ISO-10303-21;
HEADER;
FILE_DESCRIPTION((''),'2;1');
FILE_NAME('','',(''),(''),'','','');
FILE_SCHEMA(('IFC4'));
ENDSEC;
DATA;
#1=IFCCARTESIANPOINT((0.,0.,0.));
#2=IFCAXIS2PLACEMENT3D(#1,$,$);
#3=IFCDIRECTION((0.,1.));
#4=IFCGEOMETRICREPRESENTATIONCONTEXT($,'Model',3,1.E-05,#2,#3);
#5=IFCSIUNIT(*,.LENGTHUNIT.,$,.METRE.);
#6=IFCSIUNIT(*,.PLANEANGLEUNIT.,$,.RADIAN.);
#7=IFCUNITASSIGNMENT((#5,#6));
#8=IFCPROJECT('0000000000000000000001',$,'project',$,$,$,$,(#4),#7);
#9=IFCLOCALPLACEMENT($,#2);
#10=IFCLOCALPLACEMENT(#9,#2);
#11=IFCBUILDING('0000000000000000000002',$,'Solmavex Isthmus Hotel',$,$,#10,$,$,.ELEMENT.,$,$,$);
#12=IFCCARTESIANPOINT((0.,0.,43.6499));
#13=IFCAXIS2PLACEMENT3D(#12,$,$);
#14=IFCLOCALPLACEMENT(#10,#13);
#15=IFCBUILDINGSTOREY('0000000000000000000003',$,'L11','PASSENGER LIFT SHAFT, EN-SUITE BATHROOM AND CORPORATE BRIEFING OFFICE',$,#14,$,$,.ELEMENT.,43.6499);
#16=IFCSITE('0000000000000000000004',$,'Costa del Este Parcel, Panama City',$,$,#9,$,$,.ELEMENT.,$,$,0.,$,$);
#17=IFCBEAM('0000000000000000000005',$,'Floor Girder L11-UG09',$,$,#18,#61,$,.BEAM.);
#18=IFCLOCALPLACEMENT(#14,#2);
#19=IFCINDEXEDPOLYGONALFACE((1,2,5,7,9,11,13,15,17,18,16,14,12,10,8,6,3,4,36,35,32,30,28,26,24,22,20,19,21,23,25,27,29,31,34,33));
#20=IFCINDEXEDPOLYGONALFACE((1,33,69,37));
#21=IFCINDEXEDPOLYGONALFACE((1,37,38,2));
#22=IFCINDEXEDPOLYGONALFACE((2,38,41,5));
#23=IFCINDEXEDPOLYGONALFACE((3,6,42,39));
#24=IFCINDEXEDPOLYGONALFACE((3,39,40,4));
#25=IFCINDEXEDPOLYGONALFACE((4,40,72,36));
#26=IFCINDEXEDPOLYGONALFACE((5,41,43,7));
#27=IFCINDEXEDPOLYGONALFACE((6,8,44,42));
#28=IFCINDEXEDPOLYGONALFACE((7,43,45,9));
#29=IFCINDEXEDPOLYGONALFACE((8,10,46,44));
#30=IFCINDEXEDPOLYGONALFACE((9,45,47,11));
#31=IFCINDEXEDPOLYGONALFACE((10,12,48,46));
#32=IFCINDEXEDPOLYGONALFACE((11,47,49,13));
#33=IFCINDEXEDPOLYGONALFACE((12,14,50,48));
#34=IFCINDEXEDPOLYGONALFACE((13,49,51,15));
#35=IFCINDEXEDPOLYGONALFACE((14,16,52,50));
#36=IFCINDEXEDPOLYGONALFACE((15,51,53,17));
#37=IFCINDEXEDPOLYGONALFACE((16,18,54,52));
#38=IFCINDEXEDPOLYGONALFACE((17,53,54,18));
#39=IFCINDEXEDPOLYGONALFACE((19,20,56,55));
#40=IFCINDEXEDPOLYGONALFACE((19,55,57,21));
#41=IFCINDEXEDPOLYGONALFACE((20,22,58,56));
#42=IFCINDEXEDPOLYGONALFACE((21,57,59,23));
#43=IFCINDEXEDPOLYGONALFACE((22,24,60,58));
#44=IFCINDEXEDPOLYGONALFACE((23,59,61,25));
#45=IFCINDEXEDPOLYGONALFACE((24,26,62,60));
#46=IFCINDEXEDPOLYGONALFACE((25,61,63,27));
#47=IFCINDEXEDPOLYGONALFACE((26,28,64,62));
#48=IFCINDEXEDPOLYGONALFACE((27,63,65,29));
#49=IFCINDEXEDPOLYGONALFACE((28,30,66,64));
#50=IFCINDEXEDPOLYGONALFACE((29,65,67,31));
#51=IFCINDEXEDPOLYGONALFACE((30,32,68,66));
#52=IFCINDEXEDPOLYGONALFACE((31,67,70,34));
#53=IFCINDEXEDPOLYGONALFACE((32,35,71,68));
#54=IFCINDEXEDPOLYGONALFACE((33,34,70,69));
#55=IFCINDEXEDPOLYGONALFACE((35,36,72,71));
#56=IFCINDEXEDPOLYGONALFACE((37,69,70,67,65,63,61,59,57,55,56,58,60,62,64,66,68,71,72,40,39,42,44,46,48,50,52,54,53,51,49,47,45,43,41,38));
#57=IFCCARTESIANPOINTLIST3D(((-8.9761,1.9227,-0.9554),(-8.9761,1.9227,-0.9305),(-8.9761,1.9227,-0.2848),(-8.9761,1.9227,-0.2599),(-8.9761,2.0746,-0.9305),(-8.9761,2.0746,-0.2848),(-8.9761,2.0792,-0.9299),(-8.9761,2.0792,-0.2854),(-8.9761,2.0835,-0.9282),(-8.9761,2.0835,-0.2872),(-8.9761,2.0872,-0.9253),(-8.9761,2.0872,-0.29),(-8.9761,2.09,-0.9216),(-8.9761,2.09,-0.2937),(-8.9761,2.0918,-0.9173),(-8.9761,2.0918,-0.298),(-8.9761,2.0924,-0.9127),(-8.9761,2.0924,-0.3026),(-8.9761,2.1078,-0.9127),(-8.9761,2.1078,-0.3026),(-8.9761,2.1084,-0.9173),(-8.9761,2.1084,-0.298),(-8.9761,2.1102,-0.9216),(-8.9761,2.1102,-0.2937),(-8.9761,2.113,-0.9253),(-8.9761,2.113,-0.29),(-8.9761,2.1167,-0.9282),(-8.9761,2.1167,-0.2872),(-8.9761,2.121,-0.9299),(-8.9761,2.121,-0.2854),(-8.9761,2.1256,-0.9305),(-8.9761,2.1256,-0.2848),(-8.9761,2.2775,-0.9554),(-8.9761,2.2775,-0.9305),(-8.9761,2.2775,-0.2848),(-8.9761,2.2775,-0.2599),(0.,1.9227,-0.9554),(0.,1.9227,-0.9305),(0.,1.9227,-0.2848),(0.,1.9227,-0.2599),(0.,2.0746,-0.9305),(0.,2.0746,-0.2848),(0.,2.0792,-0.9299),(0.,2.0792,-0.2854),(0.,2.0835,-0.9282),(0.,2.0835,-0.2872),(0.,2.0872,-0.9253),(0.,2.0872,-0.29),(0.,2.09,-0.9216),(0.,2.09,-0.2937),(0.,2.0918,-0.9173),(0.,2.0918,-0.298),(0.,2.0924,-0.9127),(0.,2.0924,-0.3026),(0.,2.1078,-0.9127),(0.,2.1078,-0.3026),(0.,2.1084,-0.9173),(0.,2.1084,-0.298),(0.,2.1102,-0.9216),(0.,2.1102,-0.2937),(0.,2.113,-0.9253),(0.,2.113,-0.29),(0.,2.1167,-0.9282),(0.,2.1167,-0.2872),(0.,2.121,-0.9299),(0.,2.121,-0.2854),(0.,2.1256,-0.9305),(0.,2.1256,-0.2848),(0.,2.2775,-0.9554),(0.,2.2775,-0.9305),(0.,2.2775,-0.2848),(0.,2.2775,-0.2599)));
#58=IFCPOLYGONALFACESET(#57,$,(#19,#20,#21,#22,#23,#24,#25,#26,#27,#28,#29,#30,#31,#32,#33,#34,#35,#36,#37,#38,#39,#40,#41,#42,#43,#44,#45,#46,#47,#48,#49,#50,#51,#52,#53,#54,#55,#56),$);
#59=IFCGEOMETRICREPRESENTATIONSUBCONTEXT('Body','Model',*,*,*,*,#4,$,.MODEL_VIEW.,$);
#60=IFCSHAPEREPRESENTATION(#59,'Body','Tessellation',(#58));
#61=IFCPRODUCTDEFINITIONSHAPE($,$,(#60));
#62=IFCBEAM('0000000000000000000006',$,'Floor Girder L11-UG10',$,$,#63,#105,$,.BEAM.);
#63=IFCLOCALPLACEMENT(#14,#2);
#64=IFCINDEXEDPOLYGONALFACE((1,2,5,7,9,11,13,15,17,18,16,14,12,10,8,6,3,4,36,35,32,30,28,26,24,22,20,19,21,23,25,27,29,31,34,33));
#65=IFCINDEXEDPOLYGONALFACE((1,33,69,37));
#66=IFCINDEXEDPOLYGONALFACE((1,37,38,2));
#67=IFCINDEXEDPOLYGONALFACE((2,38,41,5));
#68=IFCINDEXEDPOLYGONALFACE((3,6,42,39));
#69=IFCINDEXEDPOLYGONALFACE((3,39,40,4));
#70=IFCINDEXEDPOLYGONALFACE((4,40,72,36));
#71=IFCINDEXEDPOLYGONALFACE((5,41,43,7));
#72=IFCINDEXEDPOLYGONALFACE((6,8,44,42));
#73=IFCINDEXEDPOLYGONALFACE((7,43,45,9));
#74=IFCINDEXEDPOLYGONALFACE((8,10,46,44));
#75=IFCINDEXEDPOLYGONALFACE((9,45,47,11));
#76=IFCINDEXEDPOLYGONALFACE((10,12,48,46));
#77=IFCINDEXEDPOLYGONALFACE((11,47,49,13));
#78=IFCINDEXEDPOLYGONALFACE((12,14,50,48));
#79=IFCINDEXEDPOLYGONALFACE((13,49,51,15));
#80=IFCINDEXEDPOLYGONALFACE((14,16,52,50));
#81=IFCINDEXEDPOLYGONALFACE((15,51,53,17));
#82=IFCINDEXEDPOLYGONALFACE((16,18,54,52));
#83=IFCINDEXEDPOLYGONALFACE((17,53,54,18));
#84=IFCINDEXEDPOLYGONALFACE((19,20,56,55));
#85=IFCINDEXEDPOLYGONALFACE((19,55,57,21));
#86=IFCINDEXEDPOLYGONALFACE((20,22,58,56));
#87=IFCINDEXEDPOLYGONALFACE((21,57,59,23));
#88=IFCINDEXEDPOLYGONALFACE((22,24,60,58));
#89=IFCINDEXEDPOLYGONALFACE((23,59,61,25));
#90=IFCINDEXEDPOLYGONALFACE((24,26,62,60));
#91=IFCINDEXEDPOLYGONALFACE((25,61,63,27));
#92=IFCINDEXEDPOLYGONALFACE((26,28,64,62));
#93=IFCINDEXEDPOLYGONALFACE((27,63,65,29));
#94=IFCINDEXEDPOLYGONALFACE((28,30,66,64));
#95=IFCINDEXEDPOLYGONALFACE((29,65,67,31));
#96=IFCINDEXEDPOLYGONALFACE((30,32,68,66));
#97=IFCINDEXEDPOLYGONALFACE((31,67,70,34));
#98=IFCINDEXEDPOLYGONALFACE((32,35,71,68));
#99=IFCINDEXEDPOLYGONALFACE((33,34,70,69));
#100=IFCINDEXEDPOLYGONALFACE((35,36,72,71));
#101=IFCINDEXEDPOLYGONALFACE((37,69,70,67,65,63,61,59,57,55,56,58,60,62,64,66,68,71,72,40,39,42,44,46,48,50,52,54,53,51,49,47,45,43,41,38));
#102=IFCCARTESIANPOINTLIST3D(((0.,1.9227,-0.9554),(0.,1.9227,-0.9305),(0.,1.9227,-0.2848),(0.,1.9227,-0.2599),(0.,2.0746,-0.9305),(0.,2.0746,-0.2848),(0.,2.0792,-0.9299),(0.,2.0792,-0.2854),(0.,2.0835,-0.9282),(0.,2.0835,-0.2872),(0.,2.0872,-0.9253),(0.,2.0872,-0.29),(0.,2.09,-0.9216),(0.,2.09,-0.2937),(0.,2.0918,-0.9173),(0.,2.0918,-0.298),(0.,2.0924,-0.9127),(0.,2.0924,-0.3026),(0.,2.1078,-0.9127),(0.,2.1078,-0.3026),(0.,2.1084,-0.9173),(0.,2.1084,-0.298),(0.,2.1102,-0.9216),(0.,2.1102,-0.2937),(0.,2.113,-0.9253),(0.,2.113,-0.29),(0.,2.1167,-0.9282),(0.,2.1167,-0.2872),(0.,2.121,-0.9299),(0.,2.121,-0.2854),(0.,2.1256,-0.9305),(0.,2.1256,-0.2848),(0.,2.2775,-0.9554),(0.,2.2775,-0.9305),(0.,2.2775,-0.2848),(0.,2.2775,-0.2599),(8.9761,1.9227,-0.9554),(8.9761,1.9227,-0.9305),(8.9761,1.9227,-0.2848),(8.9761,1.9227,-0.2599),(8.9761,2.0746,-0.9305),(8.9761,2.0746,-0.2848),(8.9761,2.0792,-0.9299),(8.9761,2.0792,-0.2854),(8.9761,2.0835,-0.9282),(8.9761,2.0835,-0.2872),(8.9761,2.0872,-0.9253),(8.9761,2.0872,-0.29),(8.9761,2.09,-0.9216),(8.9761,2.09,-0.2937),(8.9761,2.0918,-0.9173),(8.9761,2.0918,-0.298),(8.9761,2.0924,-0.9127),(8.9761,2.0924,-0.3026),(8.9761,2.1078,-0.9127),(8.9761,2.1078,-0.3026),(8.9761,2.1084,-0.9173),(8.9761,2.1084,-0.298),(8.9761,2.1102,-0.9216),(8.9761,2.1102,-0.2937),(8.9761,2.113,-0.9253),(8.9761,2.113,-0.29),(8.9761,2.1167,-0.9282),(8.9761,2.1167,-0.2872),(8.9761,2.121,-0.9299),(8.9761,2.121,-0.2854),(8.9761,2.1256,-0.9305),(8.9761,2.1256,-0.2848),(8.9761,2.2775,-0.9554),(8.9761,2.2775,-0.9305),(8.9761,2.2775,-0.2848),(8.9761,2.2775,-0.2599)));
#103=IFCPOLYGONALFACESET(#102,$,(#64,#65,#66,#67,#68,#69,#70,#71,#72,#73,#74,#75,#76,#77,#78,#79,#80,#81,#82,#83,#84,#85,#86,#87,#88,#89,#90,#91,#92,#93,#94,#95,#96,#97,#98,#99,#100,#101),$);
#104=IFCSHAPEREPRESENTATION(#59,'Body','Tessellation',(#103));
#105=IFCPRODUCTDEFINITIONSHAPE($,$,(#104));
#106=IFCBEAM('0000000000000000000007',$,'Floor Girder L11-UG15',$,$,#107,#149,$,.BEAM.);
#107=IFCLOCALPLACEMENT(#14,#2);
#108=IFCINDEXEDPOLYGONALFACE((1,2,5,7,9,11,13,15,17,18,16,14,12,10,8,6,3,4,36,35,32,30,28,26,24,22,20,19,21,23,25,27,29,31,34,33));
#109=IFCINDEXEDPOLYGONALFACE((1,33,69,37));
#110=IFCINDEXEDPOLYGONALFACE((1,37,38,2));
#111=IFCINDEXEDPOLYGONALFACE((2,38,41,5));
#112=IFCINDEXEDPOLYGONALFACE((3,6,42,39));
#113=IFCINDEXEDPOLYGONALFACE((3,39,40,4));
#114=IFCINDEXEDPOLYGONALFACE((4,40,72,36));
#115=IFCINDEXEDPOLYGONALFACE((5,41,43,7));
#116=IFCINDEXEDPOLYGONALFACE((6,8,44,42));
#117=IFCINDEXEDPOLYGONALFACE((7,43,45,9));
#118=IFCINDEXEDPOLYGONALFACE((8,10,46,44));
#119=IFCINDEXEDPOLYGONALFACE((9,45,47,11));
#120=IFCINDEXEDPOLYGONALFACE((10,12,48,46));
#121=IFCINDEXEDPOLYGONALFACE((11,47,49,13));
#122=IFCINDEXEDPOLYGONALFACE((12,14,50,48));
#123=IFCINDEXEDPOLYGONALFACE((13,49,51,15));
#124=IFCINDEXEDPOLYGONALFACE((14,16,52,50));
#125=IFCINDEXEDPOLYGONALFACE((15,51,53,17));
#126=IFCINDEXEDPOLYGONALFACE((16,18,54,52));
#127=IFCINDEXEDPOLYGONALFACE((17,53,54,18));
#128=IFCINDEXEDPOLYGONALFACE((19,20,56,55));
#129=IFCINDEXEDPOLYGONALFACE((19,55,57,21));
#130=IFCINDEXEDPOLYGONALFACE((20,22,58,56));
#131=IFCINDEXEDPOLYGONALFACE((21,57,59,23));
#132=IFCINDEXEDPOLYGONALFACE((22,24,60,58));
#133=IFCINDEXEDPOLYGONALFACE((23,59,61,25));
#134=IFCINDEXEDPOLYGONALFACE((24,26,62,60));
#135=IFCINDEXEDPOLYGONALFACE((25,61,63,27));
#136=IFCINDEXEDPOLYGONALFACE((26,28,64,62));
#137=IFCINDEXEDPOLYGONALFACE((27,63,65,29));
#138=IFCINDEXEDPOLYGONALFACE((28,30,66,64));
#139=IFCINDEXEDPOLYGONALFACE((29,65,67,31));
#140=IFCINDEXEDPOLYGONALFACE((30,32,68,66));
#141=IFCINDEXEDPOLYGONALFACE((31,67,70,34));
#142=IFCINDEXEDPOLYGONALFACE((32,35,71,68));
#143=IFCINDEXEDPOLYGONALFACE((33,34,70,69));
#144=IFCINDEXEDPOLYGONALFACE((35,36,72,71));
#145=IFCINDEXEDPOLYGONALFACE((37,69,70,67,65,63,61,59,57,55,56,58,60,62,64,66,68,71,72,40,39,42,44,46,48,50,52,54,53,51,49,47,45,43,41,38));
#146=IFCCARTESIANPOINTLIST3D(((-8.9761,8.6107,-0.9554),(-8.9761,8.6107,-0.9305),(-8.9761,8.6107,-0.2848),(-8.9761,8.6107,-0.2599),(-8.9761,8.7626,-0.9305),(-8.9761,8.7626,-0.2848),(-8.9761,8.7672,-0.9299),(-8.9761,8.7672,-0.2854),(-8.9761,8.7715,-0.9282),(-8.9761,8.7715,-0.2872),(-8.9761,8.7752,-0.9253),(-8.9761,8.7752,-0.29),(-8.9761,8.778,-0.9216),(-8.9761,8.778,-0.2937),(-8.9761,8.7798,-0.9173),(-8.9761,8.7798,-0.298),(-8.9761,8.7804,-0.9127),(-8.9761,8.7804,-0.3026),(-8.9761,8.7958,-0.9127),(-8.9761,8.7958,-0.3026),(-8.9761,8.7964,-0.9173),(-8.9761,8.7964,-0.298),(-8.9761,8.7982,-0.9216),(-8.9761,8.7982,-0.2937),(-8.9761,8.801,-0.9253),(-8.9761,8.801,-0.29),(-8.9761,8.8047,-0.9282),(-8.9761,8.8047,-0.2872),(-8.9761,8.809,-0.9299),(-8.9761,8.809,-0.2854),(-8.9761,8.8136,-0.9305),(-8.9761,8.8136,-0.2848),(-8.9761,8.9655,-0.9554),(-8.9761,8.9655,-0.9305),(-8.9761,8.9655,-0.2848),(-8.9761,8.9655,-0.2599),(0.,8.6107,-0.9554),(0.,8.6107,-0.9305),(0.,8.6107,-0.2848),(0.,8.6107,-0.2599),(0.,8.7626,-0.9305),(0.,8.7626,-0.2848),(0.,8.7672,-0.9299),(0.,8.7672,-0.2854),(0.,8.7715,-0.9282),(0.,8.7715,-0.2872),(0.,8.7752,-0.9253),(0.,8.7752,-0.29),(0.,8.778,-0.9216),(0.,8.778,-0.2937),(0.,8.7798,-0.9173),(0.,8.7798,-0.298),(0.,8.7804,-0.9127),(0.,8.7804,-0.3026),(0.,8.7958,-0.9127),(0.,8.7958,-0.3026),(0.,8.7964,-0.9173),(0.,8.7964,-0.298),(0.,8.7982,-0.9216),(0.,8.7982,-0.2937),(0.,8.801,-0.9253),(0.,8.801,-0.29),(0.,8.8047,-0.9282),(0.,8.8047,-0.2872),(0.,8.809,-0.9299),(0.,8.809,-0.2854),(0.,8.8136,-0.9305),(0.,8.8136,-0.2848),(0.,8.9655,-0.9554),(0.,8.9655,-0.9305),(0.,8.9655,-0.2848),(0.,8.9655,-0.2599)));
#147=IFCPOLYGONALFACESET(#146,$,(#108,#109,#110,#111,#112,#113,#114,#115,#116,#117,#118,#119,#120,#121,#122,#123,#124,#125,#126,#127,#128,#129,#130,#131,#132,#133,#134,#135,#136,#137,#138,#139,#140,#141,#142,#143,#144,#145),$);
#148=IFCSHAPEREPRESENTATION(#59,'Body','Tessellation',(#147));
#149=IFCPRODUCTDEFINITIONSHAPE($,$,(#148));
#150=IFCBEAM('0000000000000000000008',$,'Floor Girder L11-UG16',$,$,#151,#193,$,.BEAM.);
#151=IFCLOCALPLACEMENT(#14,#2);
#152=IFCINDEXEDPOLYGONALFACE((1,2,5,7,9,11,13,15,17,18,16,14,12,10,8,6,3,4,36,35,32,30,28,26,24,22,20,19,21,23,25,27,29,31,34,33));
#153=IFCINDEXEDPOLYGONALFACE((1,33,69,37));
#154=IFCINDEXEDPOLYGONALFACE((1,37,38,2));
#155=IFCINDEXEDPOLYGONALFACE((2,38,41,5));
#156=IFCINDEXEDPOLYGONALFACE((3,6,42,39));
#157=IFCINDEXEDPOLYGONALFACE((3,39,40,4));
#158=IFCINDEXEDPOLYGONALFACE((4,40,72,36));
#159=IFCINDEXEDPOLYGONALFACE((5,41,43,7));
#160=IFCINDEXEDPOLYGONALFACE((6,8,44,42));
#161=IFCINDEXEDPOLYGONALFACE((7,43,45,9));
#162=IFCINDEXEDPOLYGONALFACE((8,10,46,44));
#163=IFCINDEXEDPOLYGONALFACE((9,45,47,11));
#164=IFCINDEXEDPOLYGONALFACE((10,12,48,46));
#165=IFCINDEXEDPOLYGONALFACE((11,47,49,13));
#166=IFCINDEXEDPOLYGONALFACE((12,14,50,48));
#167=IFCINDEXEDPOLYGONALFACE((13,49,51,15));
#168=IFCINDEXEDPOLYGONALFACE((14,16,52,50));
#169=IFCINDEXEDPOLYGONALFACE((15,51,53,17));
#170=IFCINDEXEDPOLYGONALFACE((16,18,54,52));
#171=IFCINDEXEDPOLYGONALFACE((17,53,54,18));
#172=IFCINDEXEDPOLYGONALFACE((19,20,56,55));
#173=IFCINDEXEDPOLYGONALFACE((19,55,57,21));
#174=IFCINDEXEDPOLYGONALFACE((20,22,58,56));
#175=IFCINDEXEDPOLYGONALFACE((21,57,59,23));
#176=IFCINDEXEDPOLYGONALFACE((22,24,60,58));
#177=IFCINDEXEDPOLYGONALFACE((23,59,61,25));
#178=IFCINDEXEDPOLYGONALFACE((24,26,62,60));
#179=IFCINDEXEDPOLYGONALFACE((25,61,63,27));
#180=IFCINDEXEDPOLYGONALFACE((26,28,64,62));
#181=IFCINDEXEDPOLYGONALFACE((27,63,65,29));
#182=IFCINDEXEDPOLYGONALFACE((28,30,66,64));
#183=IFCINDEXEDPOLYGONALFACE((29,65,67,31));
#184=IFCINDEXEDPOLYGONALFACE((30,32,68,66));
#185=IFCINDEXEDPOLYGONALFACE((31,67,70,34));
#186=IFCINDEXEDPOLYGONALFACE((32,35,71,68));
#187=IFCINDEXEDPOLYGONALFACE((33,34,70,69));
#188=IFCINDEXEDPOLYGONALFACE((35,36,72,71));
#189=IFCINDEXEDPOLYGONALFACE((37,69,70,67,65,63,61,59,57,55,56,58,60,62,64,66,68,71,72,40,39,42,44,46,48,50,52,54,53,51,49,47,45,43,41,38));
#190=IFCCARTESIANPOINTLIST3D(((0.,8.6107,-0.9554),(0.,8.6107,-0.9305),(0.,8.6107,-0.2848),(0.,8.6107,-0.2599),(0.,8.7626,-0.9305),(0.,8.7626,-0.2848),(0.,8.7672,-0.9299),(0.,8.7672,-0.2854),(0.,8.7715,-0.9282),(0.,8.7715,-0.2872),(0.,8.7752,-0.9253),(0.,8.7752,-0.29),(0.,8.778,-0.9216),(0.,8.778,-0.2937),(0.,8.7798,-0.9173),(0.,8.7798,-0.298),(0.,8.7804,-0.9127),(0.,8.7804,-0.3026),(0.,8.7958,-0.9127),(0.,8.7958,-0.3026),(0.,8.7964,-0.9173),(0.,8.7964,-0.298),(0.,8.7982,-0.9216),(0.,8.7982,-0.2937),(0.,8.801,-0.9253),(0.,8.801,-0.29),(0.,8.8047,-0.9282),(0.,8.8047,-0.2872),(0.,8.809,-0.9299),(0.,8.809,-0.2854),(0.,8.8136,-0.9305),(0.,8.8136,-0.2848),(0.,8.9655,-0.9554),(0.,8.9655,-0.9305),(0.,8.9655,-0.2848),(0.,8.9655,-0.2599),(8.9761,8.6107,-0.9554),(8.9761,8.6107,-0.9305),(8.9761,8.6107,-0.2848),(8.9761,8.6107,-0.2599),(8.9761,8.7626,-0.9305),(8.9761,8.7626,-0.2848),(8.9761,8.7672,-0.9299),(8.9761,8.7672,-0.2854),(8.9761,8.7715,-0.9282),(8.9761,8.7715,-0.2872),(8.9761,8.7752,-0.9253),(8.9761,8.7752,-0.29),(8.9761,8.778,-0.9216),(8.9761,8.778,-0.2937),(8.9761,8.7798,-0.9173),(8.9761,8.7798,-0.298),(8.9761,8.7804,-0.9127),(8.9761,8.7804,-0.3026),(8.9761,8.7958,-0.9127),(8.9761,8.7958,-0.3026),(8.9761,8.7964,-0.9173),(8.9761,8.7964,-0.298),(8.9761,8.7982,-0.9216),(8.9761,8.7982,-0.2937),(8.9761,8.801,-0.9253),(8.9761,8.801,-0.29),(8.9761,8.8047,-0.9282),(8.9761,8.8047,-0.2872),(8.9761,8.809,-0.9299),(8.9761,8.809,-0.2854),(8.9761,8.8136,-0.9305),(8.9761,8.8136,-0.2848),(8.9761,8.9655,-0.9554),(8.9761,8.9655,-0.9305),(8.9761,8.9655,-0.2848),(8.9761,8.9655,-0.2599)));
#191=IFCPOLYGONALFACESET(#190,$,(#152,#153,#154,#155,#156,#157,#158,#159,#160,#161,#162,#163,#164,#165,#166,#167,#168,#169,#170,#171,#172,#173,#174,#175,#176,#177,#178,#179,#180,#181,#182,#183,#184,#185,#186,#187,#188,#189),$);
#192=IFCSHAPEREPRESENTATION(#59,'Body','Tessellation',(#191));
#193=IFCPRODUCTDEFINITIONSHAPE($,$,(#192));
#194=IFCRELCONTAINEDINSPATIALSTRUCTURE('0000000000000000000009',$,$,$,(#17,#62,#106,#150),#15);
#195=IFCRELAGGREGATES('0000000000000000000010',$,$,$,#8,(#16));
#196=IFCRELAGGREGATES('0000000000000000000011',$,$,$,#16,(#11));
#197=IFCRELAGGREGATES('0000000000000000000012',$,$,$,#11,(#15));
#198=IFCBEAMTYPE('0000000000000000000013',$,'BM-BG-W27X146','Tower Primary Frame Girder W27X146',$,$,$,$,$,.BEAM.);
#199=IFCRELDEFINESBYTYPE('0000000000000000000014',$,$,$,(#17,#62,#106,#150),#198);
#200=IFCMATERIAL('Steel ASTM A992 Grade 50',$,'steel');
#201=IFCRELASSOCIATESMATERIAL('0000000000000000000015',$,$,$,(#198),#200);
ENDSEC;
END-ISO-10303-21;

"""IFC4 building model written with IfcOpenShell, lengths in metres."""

from ifc_helpers import new_model, si_unit, direction, frame, origin, origin_2d, place, context, subcontext, project, spatial, i_section, extrude, material, material_profile, profile_set, type_object, element, save


model = new_model("IFC4")

# Units and contexts
model_context = context("Model", 3, precision=1e-05, world=origin(), true_north=direction((0.0, 1.0)))
body_context = subcontext(model_context, "Body", "Model", "MODEL_VIEW")
ifc_project = project(units=[si_unit("LENGTHUNIT", "METRE"), si_unit("PLANEANGLEUNIT", "RADIAN")], contexts=[model_context])

# Site, building, storey
site_placement = place(None, origin())
site = spatial("IfcSite", under=ifc_project, at=site_placement, Name="Costa del Este Parcel, Panama City", CompositionType="ELEMENT", RefElevation=0.0)
building_placement = place(site_placement, origin())
building = spatial("IfcBuilding", under=site, at=building_placement, Name="Solmavex Isthmus Hotel", CompositionType="ELEMENT")
storey_placement = place(building_placement, frame((0.0, 0.0, 43.6499)))
storey = spatial("IfcBuildingStorey", under=building, at=storey_placement, Name="L11", Description="PASSENGER LIFT SHAFT, EN-SUITE BATHROOM AND CORPORATE BRIEFING OFFICE", CompositionType="ELEMENT", Elevation=43.6499)

# Beams
ifc_material_1 = material(Name="Steel ASTM A992 Grade 50", Category="steel")
ifc_material_profile_1 = material_profile(ifc_material_1, i_section(OverallWidth=0.3547, OverallDepth=0.6956, WebThickness=0.0154, FlangeThickness=0.0249, FilletRadius=0.0178, at=origin_2d()), Name="W27X146")
ifc_profile_set_1 = profile_set([ifc_material_profile_1], Name="Steel ASTM A992 Grade 50")
beam_type_1 = type_object("IfcBeamType", Name="BM-BG-W27X146", Description="Tower Primary Frame Girder W27X146", PredefinedType="BEAM", material=ifc_profile_set_1)
for number, where, z_axis, x_axis, name in (
    (1, (-8.9761, 2.1001, -0.6077), (1.0, 0.0, 0.0), (0.0, 1.0, 0.0), "Floor Girder L11-UG09"),
    (2, (0.0, 2.1001, -0.6077), (1.0, 0.0, 0.0), (0.0, 1.0, 0.0), "Floor Girder L11-UG10"),
    (3, (-8.9761, 8.7881, -0.6077), (1.0, 0.0, 0.0), (0.0, 1.0, 0.0), "Floor Girder L11-UG15"),
    (4, (0.0, 8.7881, -0.6077), (1.0, 0.0, 0.0), (0.0, 1.0, 0.0), "Floor Girder L11-UG16"),
):
    element("IfcBeam", number, at=place(storey_placement, frame(where, z_axis=z_axis, x_axis=x_axis)), inside=storey, type_object=beam_type_1, Name=name, PredefinedType="BEAM", context=body_context, shape_type="SweptSolid", body=[
        extrude(i_section(OverallWidth=0.3547, OverallDepth=0.6956, WebThickness=0.0154, FlangeThickness=0.0249, FilletRadius=0.0178, at=origin_2d()), origin(), (0.0, 0.0, 1.0), 8.9761),
    ])

save(model, "model.ifc")
